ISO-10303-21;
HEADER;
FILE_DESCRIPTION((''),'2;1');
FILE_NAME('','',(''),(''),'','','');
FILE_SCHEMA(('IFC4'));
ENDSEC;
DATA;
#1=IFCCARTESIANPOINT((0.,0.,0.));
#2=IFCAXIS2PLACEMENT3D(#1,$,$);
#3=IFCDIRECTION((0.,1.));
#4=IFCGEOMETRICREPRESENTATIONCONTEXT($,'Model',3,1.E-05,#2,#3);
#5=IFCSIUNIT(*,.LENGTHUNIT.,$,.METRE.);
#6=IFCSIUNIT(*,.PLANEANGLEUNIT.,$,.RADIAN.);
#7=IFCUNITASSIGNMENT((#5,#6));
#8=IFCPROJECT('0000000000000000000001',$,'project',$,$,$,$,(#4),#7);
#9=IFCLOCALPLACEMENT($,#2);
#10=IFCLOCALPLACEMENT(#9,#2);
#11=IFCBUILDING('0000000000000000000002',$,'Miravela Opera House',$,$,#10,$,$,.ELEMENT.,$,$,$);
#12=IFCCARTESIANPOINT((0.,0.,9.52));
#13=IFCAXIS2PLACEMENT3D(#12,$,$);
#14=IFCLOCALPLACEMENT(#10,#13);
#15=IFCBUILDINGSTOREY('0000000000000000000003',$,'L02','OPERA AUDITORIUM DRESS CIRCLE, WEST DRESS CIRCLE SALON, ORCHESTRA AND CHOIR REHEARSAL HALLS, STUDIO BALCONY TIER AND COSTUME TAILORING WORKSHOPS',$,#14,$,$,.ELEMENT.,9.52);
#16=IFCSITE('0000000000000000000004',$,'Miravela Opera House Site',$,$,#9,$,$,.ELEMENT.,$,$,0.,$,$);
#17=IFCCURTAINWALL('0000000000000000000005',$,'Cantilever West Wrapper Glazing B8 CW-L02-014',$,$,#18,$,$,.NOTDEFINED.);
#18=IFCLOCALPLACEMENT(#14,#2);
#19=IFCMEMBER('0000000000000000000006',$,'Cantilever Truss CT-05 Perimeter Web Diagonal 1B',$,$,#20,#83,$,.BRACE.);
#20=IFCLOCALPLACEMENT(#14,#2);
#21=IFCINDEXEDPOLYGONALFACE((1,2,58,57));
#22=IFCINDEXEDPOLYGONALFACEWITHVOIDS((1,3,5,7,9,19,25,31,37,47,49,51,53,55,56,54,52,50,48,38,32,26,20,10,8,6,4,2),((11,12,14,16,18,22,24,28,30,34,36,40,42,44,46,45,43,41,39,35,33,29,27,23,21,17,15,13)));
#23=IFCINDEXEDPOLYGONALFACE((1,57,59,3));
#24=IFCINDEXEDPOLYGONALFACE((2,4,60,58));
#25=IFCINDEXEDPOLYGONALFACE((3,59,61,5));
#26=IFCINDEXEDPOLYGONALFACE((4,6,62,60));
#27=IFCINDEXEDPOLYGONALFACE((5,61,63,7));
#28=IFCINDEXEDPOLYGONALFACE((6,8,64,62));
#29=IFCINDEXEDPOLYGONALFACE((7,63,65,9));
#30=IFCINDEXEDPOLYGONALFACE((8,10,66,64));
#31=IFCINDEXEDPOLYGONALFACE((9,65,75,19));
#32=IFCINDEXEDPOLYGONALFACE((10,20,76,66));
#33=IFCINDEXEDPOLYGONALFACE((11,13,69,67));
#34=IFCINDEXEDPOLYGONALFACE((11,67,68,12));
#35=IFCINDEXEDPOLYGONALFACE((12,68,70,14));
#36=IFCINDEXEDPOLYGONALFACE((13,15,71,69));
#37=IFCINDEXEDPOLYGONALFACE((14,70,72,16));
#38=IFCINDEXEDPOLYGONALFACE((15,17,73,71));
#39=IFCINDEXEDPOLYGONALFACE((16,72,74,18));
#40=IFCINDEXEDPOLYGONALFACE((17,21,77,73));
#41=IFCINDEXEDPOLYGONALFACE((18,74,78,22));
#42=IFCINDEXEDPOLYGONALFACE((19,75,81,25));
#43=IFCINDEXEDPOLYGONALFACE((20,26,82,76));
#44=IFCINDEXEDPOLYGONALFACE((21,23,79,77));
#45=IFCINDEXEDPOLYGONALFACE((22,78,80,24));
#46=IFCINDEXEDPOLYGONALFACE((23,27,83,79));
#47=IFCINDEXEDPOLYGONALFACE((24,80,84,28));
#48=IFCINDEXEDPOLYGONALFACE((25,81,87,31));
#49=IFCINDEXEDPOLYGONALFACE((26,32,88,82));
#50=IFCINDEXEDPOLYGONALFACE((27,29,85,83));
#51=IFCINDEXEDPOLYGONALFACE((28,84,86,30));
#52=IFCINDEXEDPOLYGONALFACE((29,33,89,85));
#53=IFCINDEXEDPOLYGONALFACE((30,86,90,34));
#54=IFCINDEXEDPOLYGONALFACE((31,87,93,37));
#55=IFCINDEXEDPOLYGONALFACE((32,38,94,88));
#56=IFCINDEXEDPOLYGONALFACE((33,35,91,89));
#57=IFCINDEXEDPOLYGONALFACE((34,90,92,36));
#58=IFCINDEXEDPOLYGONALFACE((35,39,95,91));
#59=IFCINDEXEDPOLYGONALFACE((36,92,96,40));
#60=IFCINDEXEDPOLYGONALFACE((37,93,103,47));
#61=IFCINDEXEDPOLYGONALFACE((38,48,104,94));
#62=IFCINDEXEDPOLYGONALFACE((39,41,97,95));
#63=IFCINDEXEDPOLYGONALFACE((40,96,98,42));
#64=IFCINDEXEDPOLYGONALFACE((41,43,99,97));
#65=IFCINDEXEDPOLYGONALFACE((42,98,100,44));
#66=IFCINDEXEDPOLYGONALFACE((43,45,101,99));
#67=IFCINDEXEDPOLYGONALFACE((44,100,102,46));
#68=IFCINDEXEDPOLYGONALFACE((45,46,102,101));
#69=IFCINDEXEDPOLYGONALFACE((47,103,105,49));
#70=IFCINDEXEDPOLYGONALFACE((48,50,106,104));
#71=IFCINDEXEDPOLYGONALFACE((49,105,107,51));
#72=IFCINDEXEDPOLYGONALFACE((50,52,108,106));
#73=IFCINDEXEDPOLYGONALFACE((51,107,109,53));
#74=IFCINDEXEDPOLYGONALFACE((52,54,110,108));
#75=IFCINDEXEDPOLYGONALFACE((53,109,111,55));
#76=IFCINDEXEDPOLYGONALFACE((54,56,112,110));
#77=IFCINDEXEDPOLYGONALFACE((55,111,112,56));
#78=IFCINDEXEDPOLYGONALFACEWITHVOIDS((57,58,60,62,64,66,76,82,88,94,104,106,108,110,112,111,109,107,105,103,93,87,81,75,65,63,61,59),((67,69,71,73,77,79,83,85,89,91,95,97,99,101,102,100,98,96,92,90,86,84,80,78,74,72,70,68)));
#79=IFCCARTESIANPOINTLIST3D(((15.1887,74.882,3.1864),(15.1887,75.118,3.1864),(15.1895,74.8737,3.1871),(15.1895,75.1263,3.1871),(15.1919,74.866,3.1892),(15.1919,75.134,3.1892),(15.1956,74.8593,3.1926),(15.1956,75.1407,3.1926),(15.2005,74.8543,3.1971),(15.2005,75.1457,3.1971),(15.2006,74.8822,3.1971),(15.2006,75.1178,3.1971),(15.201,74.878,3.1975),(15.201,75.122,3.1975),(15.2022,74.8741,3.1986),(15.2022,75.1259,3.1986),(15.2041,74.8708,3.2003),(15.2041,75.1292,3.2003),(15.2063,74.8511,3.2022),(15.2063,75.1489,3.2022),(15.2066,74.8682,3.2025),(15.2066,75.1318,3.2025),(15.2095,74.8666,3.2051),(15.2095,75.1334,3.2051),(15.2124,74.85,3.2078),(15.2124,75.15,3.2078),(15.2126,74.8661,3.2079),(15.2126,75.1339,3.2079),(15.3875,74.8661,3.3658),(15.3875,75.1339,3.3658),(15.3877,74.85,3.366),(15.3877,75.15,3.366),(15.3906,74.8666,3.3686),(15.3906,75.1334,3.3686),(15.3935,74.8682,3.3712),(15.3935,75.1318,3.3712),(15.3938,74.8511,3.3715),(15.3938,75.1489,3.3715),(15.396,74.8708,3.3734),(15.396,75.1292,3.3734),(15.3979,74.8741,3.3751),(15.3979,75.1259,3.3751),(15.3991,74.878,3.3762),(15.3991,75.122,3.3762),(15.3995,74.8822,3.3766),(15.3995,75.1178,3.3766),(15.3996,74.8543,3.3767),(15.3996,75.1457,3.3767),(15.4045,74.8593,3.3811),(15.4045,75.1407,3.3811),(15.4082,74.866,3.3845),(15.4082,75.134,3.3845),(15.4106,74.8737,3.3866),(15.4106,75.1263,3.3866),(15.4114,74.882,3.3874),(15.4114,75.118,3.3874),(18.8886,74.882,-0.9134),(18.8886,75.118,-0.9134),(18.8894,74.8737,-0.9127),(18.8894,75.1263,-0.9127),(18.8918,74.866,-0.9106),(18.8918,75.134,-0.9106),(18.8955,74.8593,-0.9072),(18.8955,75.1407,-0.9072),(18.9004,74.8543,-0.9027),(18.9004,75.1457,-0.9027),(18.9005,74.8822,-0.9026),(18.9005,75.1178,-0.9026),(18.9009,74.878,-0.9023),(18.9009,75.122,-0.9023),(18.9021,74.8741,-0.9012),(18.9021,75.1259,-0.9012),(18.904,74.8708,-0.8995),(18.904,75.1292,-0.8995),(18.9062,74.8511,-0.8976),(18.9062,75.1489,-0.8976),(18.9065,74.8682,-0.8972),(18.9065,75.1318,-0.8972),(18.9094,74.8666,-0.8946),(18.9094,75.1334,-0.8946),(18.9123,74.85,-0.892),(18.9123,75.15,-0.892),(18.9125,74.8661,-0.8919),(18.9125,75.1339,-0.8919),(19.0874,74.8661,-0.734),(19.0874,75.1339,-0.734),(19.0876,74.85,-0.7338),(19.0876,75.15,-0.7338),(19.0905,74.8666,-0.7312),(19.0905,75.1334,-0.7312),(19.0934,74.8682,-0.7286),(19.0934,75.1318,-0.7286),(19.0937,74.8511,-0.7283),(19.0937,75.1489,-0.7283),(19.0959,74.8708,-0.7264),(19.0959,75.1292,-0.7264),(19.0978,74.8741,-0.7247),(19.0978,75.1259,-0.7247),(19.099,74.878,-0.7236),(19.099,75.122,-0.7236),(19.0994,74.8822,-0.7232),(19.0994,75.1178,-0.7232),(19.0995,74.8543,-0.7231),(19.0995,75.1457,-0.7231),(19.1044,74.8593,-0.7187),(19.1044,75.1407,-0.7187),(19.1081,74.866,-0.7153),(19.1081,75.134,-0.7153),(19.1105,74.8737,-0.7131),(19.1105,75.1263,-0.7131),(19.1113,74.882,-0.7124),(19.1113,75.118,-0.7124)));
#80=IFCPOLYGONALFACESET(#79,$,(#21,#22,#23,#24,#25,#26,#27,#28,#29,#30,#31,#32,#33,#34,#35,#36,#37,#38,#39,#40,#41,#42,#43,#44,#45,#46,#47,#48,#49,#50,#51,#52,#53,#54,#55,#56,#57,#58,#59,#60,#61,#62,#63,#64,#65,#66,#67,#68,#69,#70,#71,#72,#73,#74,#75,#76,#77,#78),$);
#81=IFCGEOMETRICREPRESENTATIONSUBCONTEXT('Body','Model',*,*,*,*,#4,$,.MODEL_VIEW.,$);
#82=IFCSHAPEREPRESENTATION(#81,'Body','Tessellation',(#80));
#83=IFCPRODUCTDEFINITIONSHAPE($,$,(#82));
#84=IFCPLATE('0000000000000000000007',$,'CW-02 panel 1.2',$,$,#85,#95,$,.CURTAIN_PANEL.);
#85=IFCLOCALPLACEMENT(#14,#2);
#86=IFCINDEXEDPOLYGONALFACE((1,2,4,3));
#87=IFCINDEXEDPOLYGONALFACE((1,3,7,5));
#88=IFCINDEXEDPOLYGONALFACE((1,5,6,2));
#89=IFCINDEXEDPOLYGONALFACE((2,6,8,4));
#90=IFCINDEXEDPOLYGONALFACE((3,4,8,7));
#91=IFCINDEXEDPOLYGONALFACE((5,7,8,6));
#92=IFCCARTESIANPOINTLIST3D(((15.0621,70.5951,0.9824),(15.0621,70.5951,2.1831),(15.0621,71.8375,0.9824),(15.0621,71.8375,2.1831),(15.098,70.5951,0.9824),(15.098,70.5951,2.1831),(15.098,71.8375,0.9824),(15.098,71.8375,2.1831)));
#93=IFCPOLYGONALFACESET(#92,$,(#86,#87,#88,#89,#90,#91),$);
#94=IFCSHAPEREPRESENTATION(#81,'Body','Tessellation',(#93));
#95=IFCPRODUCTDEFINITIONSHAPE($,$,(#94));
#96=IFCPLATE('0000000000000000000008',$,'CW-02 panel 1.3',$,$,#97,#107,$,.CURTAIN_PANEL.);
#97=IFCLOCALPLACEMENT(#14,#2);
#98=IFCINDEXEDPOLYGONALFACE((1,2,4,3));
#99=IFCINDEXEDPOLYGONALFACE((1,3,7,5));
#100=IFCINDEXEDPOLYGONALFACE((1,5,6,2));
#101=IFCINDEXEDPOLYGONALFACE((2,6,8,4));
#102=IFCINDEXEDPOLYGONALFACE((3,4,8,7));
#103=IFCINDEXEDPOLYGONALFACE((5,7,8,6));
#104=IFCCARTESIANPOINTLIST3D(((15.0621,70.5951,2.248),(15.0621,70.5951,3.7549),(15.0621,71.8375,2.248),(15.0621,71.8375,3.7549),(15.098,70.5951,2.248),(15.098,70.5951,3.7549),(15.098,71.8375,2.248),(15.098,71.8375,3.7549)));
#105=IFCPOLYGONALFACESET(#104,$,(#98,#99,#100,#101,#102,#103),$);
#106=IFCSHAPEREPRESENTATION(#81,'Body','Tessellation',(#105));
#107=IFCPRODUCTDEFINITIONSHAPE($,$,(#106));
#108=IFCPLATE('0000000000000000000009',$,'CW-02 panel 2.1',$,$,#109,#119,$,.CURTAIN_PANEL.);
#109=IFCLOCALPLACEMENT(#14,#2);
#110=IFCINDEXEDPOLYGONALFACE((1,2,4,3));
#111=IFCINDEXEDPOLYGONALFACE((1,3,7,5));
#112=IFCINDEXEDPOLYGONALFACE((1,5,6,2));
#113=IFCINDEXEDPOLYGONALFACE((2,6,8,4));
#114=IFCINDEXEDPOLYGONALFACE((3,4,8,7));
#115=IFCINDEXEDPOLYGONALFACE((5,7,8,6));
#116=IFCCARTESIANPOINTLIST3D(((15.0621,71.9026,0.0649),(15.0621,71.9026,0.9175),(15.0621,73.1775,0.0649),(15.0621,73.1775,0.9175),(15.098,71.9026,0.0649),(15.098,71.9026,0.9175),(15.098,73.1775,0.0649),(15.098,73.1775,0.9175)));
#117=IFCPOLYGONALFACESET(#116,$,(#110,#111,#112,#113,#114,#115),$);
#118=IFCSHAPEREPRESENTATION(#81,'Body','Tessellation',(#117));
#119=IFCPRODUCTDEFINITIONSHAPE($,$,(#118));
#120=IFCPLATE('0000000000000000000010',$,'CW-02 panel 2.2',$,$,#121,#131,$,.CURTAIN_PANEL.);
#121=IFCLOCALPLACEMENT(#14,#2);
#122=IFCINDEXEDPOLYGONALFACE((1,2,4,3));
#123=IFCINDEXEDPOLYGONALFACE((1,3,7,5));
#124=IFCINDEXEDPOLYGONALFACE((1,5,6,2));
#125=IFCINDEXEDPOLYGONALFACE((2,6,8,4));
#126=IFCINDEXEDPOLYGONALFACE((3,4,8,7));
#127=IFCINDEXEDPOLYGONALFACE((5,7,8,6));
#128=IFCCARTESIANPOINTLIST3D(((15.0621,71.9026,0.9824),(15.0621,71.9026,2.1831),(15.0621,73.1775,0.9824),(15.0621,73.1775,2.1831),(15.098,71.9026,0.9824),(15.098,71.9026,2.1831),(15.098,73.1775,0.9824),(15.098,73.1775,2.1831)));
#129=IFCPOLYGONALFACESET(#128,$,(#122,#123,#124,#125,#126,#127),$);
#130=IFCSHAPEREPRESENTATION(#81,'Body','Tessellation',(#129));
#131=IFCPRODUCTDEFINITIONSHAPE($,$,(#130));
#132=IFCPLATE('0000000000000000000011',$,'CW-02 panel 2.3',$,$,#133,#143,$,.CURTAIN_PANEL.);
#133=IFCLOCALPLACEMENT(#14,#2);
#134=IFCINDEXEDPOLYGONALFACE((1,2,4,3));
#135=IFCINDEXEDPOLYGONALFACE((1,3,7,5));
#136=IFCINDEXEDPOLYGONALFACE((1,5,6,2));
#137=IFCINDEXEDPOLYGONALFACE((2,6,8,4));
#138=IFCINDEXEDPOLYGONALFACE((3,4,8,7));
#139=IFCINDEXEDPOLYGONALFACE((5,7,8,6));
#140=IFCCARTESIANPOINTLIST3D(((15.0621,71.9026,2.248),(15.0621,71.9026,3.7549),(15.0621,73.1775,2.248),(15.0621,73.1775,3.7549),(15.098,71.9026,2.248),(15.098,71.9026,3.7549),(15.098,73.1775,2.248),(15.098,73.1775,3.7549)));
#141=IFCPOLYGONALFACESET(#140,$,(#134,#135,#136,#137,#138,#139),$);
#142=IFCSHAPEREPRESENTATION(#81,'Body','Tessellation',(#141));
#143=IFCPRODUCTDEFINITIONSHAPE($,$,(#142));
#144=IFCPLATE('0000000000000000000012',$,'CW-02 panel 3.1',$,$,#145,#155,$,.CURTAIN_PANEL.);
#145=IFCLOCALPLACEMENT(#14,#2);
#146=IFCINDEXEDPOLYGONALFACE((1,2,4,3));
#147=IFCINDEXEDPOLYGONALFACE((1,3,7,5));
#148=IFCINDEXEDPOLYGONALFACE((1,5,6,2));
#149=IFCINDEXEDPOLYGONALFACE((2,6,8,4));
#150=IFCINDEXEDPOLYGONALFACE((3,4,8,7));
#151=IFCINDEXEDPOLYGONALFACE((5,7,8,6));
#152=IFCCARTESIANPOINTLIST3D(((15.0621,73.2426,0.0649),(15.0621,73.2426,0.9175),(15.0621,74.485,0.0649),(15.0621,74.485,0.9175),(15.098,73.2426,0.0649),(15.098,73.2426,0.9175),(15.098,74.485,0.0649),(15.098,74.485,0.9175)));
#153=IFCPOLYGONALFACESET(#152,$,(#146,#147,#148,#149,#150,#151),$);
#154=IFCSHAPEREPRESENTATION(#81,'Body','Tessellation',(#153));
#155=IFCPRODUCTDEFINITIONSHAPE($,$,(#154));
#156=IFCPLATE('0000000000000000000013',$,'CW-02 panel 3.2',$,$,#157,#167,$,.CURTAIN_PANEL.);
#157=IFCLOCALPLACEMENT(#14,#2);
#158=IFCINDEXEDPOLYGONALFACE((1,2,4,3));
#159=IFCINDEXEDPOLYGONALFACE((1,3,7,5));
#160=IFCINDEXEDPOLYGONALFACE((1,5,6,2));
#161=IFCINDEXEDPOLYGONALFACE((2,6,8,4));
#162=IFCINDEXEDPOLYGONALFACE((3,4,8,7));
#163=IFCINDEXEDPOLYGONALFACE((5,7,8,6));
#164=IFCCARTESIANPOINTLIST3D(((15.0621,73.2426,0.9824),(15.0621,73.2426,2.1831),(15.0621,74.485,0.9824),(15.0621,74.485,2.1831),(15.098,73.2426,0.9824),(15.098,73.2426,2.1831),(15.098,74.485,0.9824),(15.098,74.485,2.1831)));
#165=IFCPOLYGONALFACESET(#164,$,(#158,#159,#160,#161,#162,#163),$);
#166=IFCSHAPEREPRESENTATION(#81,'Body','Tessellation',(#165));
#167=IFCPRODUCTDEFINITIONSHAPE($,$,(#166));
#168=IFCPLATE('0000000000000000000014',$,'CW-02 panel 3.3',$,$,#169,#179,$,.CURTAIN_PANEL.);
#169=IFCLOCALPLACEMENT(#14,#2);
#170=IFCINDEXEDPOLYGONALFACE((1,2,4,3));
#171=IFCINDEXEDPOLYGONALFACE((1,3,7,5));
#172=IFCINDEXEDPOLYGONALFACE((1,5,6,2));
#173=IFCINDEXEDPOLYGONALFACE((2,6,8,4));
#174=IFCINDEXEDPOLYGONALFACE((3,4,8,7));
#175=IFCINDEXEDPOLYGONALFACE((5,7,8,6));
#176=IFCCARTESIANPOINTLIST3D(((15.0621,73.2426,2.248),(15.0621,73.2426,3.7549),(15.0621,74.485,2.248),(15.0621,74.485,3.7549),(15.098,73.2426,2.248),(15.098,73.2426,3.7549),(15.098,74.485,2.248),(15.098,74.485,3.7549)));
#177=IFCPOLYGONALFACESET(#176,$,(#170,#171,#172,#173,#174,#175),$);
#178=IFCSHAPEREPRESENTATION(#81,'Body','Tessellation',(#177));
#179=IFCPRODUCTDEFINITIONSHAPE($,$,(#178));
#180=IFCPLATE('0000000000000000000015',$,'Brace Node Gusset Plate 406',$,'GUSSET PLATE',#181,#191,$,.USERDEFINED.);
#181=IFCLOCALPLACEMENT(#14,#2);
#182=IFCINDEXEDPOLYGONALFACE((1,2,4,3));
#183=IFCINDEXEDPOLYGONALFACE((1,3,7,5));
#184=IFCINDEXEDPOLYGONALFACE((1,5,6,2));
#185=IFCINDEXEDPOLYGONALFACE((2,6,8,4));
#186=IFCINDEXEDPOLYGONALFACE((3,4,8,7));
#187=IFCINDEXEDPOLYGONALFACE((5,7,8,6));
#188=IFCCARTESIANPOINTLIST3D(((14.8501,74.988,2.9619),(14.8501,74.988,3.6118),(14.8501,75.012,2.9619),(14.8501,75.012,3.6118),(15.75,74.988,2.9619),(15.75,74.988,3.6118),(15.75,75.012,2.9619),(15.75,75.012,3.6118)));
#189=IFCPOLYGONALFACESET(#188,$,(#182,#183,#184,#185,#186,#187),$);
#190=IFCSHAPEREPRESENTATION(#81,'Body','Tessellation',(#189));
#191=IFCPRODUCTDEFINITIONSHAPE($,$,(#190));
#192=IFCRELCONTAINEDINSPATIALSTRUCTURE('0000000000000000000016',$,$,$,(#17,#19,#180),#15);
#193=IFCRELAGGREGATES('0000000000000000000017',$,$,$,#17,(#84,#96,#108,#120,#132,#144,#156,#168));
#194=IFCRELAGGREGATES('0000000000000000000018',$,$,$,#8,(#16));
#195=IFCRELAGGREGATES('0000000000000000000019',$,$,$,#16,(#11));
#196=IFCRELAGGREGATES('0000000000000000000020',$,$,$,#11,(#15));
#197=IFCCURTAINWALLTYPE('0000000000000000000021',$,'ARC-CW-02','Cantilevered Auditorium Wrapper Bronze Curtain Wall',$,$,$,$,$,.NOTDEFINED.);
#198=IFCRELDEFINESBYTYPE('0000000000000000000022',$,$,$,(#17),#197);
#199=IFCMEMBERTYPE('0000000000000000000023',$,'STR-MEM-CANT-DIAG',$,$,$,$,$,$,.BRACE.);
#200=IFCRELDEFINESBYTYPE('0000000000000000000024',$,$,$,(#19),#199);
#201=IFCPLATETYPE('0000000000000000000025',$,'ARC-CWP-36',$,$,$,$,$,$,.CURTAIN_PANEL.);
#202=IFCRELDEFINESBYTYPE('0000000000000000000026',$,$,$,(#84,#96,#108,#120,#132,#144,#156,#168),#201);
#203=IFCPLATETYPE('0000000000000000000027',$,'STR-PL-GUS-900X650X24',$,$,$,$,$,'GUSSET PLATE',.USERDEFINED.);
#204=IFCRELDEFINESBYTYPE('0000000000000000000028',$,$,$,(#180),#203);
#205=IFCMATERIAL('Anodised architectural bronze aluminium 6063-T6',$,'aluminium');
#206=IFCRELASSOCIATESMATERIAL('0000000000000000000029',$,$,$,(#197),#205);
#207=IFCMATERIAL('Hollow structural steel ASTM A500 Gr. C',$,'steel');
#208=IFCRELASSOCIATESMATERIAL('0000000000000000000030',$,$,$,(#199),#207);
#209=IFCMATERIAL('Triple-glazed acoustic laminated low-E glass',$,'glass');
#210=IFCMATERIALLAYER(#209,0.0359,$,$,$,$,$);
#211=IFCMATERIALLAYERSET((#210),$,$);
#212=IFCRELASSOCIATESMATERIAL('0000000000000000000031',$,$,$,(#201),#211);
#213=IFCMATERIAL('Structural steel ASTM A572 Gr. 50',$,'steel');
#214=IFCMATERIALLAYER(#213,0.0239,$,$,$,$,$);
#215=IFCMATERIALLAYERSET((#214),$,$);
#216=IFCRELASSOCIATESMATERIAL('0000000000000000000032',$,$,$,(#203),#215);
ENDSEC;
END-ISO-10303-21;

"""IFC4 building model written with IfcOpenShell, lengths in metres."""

from ifc_helpers import new_model, si_unit, direction, frame, origin, origin_2d, place, context, subcontext, project, spatial, rectangle, hollow_rectangle, extrude, material, layer, layer_set, material_profile, profile_set, type_object, element, aggregate, save


model = new_model("IFC4")

# Units and contexts
model_context = context("Model", 3, precision=1e-05, world=origin(), true_north=direction((0.0, 1.0)))
body_context = subcontext(model_context, "Body", "Model", "MODEL_VIEW")
ifc_project = project(units=[si_unit("LENGTHUNIT", "METRE"), si_unit("PLANEANGLEUNIT", "RADIAN")], contexts=[model_context])

# Site, building, storey
site_placement = place(None, origin())
site = spatial("IfcSite", under=ifc_project, at=site_placement, Name="Miravela Opera House Site", CompositionType="ELEMENT", RefElevation=0.0)
building_placement = place(site_placement, origin())
building = spatial("IfcBuilding", under=site, at=building_placement, Name="Miravela Opera House", CompositionType="ELEMENT")
storey_placement = place(building_placement, frame((0.0, 0.0, 9.52)))
storey = spatial("IfcBuildingStorey", under=building, at=storey_placement, Name="L02", Description="OPERA AUDITORIUM DRESS CIRCLE, WEST DRESS CIRCLE SALON, ORCHESTRA AND CHOIR REHEARSAL HALLS, STUDIO BALCONY TIER AND COSTUME TAILORING WORKSHOPS", CompositionType="ELEMENT", Elevation=9.52)

# Curtain wall
ifc_material_1 = material(Name="Anodised architectural bronze aluminium 6063-T6", Category="aluminium")
curtain_wall_type = type_object("IfcCurtainWallType", Name="ARC-CW-02", Description="Cantilevered Auditorium Wrapper Bronze Curtain Wall", PredefinedType="NOTDEFINED", material=ifc_material_1)
curtain_wall_placement = place(storey_placement, origin())
curtain_wall = element("IfcCurtainWall", 1, at=curtain_wall_placement, inside=storey, type_object=curtain_wall_type, Name="Cantilever West Wrapper Glazing B8 CW-L02-014", PredefinedType="NOTDEFINED")

# Member
ifc_material_2 = material(Name="Hollow structural steel ASTM A500 Gr. C", Category="steel")
ifc_material_profile_1 = material_profile(ifc_material_2, hollow_rectangle(XDim=0.3, YDim=0.3, WallThickness=0.0161, InnerFilletRadius=0.0161, OuterFilletRadius=0.032, at=origin_2d()), Name="HSS300X300X16")
ifc_profile_set_1 = profile_set([ifc_material_profile_1])
member_type_1 = type_object("IfcMemberType", Name="STR-MEM-CANT-DIAG", PredefinedType="BRACE", material=ifc_profile_set_1)
for number, where, z_axis, x_axis, name in (
    (2, (15.3, 75.0, 3.2869), (0.669973, 0.0, -0.742386), (0.0, 1.0, 0.0), "Cantilever Truss CT-05 Perimeter Web Diagonal 1B"),
):
    element("IfcMember", number, at=place(storey_placement, frame(where, z_axis=z_axis, x_axis=x_axis)), inside=storey, type_object=member_type_1, Name=name, PredefinedType="BRACE", context=body_context, shape_type="SweptSolid", body=[
        extrude(hollow_rectangle(XDim=0.3, YDim=0.3, WallThickness=0.0161, InnerFilletRadius=0.0161, OuterFilletRadius=0.032, at=origin_2d()), origin(), (0.0, 0.0, 1.0), 5.5225),
    ])

# Plates
ifc_material_3 = material(Name="Triple-glazed acoustic laminated low-E glass", Category="glass")
ifc_layer_1 = layer(ifc_material_3, 0.0359)
ifc_layer_set_1 = layer_set([ifc_layer_1])
plate_type_1 = type_object("IfcPlateType", Name="ARC-CWP-36", PredefinedType="CURTAIN_PANEL", material=ifc_layer_set_1)
plate_1_placement = place(storey_placement, frame((15.0801, 71.2163, 0.9824), z_axis=(0.0, 0.0, 1.0), x_axis=(0.0, 1.0, 0.0)))
plate_1 = element("IfcPlate", 3, at=plate_1_placement, type_object=plate_type_1, Name="CW-02 panel 1.2", PredefinedType="CURTAIN_PANEL", context=body_context, shape_type="SweptSolid", body=[
    extrude(rectangle(XDim=1.2424, YDim=0.0359, at=origin_2d()), origin(), (0.0, 0.0, 1.0), 1.2007),
])
plate_2_placement = place(storey_placement, frame((15.0801, 71.2163, 2.248), z_axis=(0.0, 0.0, 1.0), x_axis=(0.0, 1.0, 0.0)))
plate_2 = element("IfcPlate", 4, at=plate_2_placement, type_object=plate_type_1, Name="CW-02 panel 1.3", PredefinedType="CURTAIN_PANEL", context=body_context, shape_type="SweptSolid", body=[
    extrude(rectangle(XDim=1.2424, YDim=0.0359, at=origin_2d()), origin(), (0.0, 0.0, 1.0), 1.5068),
])
plate_3_placement = place(storey_placement, frame((15.0801, 72.54, 0.0649), z_axis=(0.0, 0.0, 1.0), x_axis=(0.0, 1.0, 0.0)))
plate_3 = element("IfcPlate", 5, at=plate_3_placement, type_object=plate_type_1, Name="CW-02 panel 2.1", PredefinedType="CURTAIN_PANEL", context=body_context, shape_type="SweptSolid", body=[
    extrude(rectangle(XDim=1.2749, YDim=0.0359, at=origin_2d()), origin(), (0.0, 0.0, 1.0), 0.8525),
])
plate_4_placement = place(storey_placement, frame((15.0801, 72.54, 0.9824), z_axis=(0.0, 0.0, 1.0), x_axis=(0.0, 1.0, 0.0)))
plate_4 = element("IfcPlate", 6, at=plate_4_placement, type_object=plate_type_1, Name="CW-02 panel 2.2", PredefinedType="CURTAIN_PANEL", context=body_context, shape_type="SweptSolid", body=[
    extrude(rectangle(XDim=1.2749, YDim=0.0359, at=origin_2d()), origin(), (0.0, 0.0, 1.0), 1.2007),
])
plate_5_placement = place(storey_placement, frame((15.0801, 72.54, 2.248), z_axis=(0.0, 0.0, 1.0), x_axis=(0.0, 1.0, 0.0)))
plate_5 = element("IfcPlate", 7, at=plate_5_placement, type_object=plate_type_1, Name="CW-02 panel 2.3", PredefinedType="CURTAIN_PANEL", context=body_context, shape_type="SweptSolid", body=[
    extrude(rectangle(XDim=1.2749, YDim=0.0359, at=origin_2d()), origin(), (0.0, 0.0, 1.0), 1.5068),
])
plate_6_placement = place(storey_placement, frame((15.0801, 73.8638, 0.0649), z_axis=(0.0, 0.0, 1.0), x_axis=(0.0, 1.0, 0.0)))
plate_6 = element("IfcPlate", 8, at=plate_6_placement, type_object=plate_type_1, Name="CW-02 panel 3.1", PredefinedType="CURTAIN_PANEL", context=body_context, shape_type="SweptSolid", body=[
    extrude(rectangle(XDim=1.2424, YDim=0.0359, at=origin_2d()), origin(), (0.0, 0.0, 1.0), 0.8525),
])
plate_7_placement = place(storey_placement, frame((15.0801, 73.8638, 0.9824), z_axis=(0.0, 0.0, 1.0), x_axis=(0.0, 1.0, 0.0)))
plate_7 = element("IfcPlate", 9, at=plate_7_placement, type_object=plate_type_1, Name="CW-02 panel 3.2", PredefinedType="CURTAIN_PANEL", context=body_context, shape_type="SweptSolid", body=[
    extrude(rectangle(XDim=1.2424, YDim=0.0359, at=origin_2d()), origin(), (0.0, 0.0, 1.0), 1.2007),
])
plate_8_placement = place(storey_placement, frame((15.0801, 73.8638, 2.248), z_axis=(0.0, 0.0, 1.0), x_axis=(0.0, 1.0, 0.0)))
plate_8 = element("IfcPlate", 10, at=plate_8_placement, type_object=plate_type_1, Name="CW-02 panel 3.3", PredefinedType="CURTAIN_PANEL", context=body_context, shape_type="SweptSolid", body=[
    extrude(rectangle(XDim=1.2424, YDim=0.0359, at=origin_2d()), origin(), (0.0, 0.0, 1.0), 1.5068),
])
aggregate(curtain_wall, [plate_1, plate_2, plate_3, plate_4, plate_5, plate_6, plate_7, plate_8])
ifc_material_4 = material(Name="Structural steel ASTM A572 Gr. 50", Category="steel")
ifc_layer_2 = layer(ifc_material_4, 0.0239)
ifc_layer_set_2 = layer_set([ifc_layer_2])
plate_type_2 = type_object("IfcPlateType", Name="STR-PL-GUS-900X650X24", ElementType="GUSSET PLATE", PredefinedType="USERDEFINED", material=ifc_layer_set_2)
plate_9_placement = place(storey_placement, frame((15.3, 75.0, 2.9619), z_axis=(0.0, 0.0, 1.0), x_axis=(1.0, 0.0, 0.0)))
element("IfcPlate", 11, at=plate_9_placement, inside=storey, type_object=plate_type_2, Name="Brace Node Gusset Plate 406", ObjectType="GUSSET PLATE", PredefinedType="USERDEFINED", context=body_context, shape_type="SweptSolid", body=[
    extrude(rectangle(XDim=0.8999, YDim=0.0239, at=origin_2d()), origin(), (0.0, 0.0, 1.0), 0.6499),
])

save(model, "model.ifc")
